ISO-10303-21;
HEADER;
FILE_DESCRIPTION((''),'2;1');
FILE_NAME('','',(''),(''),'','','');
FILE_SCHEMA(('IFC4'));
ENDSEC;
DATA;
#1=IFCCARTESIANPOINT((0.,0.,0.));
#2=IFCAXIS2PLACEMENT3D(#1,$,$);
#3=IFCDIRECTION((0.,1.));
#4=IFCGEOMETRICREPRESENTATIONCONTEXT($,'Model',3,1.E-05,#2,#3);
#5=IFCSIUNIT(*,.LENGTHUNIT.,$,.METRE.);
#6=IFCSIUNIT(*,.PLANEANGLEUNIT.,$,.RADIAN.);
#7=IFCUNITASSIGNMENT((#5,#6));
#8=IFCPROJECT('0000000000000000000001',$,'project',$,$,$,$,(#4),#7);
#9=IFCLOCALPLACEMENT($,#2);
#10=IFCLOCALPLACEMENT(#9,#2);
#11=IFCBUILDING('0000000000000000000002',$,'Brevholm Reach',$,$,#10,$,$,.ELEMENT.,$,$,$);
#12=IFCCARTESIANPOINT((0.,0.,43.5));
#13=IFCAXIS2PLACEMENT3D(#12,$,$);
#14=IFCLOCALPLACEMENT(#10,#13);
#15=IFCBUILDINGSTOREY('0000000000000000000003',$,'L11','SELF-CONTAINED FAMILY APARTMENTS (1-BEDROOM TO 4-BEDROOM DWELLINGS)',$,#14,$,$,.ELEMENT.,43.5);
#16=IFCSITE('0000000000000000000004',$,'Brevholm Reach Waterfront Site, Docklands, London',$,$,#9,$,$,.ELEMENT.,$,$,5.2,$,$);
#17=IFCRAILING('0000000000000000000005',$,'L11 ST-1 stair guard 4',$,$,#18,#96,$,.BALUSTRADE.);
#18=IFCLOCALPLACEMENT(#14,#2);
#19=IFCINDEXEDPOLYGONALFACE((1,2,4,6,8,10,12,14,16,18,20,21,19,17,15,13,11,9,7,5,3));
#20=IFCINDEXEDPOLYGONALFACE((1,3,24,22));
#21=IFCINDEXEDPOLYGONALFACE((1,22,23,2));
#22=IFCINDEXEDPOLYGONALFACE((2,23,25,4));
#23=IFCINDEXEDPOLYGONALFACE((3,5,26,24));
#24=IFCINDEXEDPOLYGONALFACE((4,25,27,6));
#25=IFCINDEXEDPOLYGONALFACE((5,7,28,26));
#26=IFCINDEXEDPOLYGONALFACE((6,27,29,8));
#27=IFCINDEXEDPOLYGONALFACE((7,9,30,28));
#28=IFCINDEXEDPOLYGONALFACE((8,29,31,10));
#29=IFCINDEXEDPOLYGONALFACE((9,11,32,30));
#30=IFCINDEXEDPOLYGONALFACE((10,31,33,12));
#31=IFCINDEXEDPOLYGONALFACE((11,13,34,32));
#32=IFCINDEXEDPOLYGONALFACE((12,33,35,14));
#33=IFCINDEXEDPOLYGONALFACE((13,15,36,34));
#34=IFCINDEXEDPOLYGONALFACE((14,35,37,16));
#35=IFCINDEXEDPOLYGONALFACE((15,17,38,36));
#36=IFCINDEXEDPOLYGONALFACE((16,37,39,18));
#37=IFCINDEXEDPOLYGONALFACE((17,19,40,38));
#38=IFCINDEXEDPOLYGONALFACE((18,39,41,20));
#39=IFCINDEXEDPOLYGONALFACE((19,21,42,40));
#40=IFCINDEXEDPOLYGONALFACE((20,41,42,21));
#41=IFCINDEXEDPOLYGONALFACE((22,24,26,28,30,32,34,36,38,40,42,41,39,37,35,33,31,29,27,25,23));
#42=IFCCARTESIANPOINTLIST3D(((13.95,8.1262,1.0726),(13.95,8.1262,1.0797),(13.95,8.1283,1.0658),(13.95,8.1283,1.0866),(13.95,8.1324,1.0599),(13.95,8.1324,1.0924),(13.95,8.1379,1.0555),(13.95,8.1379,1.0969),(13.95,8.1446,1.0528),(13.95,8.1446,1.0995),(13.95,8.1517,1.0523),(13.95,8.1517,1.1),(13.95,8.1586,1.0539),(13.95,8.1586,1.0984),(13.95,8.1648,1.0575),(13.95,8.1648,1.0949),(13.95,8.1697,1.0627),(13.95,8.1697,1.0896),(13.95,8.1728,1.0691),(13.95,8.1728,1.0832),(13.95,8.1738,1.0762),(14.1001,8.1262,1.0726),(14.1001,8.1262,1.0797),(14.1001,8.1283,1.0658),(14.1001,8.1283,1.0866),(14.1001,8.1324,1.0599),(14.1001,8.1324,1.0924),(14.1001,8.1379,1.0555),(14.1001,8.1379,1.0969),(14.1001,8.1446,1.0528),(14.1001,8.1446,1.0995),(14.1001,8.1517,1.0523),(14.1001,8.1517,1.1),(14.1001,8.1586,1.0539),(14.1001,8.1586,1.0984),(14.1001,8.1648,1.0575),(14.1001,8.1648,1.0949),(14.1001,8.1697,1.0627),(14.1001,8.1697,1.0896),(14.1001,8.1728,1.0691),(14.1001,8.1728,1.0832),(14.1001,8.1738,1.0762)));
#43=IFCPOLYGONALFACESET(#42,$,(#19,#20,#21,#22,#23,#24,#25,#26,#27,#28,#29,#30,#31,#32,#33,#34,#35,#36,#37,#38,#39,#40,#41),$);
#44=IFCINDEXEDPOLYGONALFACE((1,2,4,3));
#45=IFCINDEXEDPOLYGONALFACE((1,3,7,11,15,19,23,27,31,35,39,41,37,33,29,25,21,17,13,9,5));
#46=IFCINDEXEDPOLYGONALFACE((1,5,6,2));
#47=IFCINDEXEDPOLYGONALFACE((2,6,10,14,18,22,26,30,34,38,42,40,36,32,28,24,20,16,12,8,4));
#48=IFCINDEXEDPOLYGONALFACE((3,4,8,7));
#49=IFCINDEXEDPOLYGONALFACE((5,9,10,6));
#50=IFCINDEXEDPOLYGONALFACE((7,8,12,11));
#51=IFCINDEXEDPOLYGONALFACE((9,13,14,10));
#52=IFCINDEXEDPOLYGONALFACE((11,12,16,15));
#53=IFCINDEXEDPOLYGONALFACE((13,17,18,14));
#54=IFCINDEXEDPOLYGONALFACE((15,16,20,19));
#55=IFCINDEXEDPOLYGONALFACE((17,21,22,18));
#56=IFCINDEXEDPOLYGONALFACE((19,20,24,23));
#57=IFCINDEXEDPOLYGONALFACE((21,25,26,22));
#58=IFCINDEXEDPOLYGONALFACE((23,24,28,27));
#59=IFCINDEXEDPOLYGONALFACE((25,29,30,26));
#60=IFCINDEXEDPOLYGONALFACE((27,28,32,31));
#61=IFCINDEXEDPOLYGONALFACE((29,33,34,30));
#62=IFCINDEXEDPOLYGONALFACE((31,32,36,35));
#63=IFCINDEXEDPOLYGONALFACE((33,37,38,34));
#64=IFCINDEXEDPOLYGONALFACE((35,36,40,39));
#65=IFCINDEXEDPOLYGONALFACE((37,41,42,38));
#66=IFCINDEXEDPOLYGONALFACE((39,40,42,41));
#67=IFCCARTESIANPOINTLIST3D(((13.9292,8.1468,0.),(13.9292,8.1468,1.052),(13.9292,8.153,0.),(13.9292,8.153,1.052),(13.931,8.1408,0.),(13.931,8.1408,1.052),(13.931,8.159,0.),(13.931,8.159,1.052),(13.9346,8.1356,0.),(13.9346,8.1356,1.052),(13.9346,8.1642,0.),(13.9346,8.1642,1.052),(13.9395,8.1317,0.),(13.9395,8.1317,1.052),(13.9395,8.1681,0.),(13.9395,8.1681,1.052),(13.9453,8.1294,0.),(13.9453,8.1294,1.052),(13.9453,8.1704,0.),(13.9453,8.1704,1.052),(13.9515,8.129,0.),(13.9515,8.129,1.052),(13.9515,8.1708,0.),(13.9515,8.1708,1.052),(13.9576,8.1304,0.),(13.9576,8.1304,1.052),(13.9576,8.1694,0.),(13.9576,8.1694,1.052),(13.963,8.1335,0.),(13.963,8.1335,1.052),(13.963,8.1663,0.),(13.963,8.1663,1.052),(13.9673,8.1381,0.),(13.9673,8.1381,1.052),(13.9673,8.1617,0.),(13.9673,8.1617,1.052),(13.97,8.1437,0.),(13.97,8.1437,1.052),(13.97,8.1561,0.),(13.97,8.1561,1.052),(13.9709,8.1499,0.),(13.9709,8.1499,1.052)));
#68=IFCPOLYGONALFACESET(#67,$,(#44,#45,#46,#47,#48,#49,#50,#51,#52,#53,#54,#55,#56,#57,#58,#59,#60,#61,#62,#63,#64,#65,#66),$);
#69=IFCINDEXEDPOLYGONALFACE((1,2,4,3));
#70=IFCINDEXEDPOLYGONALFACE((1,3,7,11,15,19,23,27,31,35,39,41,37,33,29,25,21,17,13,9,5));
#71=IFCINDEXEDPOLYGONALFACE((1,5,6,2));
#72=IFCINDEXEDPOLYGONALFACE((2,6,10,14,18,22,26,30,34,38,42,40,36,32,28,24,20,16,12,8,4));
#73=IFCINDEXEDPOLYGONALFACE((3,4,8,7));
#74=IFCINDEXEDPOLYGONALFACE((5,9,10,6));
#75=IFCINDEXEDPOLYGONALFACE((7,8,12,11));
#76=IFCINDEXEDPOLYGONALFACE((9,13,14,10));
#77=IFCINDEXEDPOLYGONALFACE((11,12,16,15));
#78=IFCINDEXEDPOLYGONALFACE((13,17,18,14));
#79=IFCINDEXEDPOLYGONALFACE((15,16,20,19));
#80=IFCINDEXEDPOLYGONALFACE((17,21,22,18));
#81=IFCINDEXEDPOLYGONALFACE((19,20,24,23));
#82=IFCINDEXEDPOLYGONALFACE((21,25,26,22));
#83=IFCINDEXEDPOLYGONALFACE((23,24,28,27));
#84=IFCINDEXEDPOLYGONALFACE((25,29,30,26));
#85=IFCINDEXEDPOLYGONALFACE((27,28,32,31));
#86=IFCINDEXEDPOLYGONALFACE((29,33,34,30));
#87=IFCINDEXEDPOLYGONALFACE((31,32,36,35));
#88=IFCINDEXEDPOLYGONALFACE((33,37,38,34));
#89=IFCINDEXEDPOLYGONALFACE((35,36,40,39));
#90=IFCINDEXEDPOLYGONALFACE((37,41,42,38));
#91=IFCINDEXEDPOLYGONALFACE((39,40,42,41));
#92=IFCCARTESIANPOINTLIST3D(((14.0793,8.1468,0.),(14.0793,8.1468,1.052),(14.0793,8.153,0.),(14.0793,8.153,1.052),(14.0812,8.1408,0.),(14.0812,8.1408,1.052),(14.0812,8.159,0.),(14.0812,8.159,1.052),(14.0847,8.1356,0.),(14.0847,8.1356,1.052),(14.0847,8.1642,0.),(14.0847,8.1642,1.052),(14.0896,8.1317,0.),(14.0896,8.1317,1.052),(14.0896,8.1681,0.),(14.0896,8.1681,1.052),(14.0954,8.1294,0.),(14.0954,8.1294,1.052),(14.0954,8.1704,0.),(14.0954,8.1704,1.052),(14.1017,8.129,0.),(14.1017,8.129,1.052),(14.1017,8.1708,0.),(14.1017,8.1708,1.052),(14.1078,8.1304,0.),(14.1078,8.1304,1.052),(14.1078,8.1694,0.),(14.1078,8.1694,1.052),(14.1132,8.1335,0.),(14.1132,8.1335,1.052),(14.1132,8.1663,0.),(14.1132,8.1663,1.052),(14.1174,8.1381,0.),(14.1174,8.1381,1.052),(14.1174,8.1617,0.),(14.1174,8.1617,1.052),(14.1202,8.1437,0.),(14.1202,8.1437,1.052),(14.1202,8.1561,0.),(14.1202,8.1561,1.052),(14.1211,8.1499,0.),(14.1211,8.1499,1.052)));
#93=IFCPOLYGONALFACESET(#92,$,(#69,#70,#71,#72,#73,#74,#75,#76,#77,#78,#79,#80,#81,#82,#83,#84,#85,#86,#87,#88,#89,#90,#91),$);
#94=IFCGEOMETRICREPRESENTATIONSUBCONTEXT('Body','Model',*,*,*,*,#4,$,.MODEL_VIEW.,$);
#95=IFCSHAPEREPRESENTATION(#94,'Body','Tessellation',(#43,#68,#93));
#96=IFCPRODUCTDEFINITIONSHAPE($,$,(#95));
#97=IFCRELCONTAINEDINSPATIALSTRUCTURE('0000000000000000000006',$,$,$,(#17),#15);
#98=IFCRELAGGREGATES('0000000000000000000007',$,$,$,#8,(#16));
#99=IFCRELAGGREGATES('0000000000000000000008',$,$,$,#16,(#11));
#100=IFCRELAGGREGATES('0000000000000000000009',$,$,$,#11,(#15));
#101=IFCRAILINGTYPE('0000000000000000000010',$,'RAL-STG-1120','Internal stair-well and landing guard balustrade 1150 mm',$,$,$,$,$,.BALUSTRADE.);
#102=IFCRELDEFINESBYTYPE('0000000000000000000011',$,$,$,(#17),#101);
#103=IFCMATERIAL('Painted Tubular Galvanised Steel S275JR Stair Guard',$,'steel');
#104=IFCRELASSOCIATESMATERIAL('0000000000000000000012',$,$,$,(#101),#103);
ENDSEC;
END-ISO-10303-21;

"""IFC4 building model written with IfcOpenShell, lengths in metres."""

from ifc_helpers import new_model, si_unit, direction, frame, origin, origin_2d, place, context, subcontext, project, spatial, circle, extrude, material, type_object, element, save


model = new_model("IFC4")

# Units and contexts
model_context = context("Model", 3, precision=1e-05, world=origin(), true_north=direction((0.0, 1.0)))
body_context = subcontext(model_context, "Body", "Model", "MODEL_VIEW")
ifc_project = project(units=[si_unit("LENGTHUNIT", "METRE"), si_unit("PLANEANGLEUNIT", "RADIAN")], contexts=[model_context])

# Site, building, storey
site_placement = place(None, origin())
site = spatial("IfcSite", under=ifc_project, at=site_placement, Name="Brevholm Reach Waterfront Site, Docklands, London", CompositionType="ELEMENT", RefElevation=5.2)
building_placement = place(site_placement, origin())
building = spatial("IfcBuilding", under=site, at=building_placement, Name="Brevholm Reach", CompositionType="ELEMENT")
storey_placement = place(building_placement, frame((0.0, 0.0, 43.5)))
storey = spatial("IfcBuildingStorey", under=building, at=storey_placement, Name="L11", Description="SELF-CONTAINED FAMILY APARTMENTS (1-BEDROOM TO 4-BEDROOM DWELLINGS)", CompositionType="ELEMENT", Elevation=43.5)

# Railing
ifc_material_1 = material(Name="Painted Tubular Galvanised Steel S275JR Stair Guard", Category="steel")
railing_type = type_object("IfcRailingType", Name="RAL-STG-1120", Description="Internal stair-well and landing guard balustrade 1150 mm", PredefinedType="BALUSTRADE", material=ifc_material_1)
railing_1_placement = place(storey_placement, frame((13.95, 8.1499, 0.0)))
element("IfcRailing", 1, at=railing_1_placement, inside=storey, type_object=railing_type, Name="L11 ST-1 stair guard 4", PredefinedType="BALUSTRADE", context=body_context, shape_type="SweptSolid", body=[
    extrude(circle(Radius=0.0239, at=origin_2d()), frame((0.0, 0.0, 1.0762), z_axis=(1.0, 0.0, 0.0), x_axis=(0.0, 1.0, 0.0)), (0.0, 0.0, 1.0), 0.1501),
    extrude(circle(Radius=0.021, at=origin_2d()), origin(), (0.0, 0.0, 1.0), 1.052),
    extrude(circle(Radius=0.021, at=origin_2d()), frame((0.1501, 0.0, 0.0)), (0.0, 0.0, 1.0), 1.052),
])

save(model, "model.ifc")
